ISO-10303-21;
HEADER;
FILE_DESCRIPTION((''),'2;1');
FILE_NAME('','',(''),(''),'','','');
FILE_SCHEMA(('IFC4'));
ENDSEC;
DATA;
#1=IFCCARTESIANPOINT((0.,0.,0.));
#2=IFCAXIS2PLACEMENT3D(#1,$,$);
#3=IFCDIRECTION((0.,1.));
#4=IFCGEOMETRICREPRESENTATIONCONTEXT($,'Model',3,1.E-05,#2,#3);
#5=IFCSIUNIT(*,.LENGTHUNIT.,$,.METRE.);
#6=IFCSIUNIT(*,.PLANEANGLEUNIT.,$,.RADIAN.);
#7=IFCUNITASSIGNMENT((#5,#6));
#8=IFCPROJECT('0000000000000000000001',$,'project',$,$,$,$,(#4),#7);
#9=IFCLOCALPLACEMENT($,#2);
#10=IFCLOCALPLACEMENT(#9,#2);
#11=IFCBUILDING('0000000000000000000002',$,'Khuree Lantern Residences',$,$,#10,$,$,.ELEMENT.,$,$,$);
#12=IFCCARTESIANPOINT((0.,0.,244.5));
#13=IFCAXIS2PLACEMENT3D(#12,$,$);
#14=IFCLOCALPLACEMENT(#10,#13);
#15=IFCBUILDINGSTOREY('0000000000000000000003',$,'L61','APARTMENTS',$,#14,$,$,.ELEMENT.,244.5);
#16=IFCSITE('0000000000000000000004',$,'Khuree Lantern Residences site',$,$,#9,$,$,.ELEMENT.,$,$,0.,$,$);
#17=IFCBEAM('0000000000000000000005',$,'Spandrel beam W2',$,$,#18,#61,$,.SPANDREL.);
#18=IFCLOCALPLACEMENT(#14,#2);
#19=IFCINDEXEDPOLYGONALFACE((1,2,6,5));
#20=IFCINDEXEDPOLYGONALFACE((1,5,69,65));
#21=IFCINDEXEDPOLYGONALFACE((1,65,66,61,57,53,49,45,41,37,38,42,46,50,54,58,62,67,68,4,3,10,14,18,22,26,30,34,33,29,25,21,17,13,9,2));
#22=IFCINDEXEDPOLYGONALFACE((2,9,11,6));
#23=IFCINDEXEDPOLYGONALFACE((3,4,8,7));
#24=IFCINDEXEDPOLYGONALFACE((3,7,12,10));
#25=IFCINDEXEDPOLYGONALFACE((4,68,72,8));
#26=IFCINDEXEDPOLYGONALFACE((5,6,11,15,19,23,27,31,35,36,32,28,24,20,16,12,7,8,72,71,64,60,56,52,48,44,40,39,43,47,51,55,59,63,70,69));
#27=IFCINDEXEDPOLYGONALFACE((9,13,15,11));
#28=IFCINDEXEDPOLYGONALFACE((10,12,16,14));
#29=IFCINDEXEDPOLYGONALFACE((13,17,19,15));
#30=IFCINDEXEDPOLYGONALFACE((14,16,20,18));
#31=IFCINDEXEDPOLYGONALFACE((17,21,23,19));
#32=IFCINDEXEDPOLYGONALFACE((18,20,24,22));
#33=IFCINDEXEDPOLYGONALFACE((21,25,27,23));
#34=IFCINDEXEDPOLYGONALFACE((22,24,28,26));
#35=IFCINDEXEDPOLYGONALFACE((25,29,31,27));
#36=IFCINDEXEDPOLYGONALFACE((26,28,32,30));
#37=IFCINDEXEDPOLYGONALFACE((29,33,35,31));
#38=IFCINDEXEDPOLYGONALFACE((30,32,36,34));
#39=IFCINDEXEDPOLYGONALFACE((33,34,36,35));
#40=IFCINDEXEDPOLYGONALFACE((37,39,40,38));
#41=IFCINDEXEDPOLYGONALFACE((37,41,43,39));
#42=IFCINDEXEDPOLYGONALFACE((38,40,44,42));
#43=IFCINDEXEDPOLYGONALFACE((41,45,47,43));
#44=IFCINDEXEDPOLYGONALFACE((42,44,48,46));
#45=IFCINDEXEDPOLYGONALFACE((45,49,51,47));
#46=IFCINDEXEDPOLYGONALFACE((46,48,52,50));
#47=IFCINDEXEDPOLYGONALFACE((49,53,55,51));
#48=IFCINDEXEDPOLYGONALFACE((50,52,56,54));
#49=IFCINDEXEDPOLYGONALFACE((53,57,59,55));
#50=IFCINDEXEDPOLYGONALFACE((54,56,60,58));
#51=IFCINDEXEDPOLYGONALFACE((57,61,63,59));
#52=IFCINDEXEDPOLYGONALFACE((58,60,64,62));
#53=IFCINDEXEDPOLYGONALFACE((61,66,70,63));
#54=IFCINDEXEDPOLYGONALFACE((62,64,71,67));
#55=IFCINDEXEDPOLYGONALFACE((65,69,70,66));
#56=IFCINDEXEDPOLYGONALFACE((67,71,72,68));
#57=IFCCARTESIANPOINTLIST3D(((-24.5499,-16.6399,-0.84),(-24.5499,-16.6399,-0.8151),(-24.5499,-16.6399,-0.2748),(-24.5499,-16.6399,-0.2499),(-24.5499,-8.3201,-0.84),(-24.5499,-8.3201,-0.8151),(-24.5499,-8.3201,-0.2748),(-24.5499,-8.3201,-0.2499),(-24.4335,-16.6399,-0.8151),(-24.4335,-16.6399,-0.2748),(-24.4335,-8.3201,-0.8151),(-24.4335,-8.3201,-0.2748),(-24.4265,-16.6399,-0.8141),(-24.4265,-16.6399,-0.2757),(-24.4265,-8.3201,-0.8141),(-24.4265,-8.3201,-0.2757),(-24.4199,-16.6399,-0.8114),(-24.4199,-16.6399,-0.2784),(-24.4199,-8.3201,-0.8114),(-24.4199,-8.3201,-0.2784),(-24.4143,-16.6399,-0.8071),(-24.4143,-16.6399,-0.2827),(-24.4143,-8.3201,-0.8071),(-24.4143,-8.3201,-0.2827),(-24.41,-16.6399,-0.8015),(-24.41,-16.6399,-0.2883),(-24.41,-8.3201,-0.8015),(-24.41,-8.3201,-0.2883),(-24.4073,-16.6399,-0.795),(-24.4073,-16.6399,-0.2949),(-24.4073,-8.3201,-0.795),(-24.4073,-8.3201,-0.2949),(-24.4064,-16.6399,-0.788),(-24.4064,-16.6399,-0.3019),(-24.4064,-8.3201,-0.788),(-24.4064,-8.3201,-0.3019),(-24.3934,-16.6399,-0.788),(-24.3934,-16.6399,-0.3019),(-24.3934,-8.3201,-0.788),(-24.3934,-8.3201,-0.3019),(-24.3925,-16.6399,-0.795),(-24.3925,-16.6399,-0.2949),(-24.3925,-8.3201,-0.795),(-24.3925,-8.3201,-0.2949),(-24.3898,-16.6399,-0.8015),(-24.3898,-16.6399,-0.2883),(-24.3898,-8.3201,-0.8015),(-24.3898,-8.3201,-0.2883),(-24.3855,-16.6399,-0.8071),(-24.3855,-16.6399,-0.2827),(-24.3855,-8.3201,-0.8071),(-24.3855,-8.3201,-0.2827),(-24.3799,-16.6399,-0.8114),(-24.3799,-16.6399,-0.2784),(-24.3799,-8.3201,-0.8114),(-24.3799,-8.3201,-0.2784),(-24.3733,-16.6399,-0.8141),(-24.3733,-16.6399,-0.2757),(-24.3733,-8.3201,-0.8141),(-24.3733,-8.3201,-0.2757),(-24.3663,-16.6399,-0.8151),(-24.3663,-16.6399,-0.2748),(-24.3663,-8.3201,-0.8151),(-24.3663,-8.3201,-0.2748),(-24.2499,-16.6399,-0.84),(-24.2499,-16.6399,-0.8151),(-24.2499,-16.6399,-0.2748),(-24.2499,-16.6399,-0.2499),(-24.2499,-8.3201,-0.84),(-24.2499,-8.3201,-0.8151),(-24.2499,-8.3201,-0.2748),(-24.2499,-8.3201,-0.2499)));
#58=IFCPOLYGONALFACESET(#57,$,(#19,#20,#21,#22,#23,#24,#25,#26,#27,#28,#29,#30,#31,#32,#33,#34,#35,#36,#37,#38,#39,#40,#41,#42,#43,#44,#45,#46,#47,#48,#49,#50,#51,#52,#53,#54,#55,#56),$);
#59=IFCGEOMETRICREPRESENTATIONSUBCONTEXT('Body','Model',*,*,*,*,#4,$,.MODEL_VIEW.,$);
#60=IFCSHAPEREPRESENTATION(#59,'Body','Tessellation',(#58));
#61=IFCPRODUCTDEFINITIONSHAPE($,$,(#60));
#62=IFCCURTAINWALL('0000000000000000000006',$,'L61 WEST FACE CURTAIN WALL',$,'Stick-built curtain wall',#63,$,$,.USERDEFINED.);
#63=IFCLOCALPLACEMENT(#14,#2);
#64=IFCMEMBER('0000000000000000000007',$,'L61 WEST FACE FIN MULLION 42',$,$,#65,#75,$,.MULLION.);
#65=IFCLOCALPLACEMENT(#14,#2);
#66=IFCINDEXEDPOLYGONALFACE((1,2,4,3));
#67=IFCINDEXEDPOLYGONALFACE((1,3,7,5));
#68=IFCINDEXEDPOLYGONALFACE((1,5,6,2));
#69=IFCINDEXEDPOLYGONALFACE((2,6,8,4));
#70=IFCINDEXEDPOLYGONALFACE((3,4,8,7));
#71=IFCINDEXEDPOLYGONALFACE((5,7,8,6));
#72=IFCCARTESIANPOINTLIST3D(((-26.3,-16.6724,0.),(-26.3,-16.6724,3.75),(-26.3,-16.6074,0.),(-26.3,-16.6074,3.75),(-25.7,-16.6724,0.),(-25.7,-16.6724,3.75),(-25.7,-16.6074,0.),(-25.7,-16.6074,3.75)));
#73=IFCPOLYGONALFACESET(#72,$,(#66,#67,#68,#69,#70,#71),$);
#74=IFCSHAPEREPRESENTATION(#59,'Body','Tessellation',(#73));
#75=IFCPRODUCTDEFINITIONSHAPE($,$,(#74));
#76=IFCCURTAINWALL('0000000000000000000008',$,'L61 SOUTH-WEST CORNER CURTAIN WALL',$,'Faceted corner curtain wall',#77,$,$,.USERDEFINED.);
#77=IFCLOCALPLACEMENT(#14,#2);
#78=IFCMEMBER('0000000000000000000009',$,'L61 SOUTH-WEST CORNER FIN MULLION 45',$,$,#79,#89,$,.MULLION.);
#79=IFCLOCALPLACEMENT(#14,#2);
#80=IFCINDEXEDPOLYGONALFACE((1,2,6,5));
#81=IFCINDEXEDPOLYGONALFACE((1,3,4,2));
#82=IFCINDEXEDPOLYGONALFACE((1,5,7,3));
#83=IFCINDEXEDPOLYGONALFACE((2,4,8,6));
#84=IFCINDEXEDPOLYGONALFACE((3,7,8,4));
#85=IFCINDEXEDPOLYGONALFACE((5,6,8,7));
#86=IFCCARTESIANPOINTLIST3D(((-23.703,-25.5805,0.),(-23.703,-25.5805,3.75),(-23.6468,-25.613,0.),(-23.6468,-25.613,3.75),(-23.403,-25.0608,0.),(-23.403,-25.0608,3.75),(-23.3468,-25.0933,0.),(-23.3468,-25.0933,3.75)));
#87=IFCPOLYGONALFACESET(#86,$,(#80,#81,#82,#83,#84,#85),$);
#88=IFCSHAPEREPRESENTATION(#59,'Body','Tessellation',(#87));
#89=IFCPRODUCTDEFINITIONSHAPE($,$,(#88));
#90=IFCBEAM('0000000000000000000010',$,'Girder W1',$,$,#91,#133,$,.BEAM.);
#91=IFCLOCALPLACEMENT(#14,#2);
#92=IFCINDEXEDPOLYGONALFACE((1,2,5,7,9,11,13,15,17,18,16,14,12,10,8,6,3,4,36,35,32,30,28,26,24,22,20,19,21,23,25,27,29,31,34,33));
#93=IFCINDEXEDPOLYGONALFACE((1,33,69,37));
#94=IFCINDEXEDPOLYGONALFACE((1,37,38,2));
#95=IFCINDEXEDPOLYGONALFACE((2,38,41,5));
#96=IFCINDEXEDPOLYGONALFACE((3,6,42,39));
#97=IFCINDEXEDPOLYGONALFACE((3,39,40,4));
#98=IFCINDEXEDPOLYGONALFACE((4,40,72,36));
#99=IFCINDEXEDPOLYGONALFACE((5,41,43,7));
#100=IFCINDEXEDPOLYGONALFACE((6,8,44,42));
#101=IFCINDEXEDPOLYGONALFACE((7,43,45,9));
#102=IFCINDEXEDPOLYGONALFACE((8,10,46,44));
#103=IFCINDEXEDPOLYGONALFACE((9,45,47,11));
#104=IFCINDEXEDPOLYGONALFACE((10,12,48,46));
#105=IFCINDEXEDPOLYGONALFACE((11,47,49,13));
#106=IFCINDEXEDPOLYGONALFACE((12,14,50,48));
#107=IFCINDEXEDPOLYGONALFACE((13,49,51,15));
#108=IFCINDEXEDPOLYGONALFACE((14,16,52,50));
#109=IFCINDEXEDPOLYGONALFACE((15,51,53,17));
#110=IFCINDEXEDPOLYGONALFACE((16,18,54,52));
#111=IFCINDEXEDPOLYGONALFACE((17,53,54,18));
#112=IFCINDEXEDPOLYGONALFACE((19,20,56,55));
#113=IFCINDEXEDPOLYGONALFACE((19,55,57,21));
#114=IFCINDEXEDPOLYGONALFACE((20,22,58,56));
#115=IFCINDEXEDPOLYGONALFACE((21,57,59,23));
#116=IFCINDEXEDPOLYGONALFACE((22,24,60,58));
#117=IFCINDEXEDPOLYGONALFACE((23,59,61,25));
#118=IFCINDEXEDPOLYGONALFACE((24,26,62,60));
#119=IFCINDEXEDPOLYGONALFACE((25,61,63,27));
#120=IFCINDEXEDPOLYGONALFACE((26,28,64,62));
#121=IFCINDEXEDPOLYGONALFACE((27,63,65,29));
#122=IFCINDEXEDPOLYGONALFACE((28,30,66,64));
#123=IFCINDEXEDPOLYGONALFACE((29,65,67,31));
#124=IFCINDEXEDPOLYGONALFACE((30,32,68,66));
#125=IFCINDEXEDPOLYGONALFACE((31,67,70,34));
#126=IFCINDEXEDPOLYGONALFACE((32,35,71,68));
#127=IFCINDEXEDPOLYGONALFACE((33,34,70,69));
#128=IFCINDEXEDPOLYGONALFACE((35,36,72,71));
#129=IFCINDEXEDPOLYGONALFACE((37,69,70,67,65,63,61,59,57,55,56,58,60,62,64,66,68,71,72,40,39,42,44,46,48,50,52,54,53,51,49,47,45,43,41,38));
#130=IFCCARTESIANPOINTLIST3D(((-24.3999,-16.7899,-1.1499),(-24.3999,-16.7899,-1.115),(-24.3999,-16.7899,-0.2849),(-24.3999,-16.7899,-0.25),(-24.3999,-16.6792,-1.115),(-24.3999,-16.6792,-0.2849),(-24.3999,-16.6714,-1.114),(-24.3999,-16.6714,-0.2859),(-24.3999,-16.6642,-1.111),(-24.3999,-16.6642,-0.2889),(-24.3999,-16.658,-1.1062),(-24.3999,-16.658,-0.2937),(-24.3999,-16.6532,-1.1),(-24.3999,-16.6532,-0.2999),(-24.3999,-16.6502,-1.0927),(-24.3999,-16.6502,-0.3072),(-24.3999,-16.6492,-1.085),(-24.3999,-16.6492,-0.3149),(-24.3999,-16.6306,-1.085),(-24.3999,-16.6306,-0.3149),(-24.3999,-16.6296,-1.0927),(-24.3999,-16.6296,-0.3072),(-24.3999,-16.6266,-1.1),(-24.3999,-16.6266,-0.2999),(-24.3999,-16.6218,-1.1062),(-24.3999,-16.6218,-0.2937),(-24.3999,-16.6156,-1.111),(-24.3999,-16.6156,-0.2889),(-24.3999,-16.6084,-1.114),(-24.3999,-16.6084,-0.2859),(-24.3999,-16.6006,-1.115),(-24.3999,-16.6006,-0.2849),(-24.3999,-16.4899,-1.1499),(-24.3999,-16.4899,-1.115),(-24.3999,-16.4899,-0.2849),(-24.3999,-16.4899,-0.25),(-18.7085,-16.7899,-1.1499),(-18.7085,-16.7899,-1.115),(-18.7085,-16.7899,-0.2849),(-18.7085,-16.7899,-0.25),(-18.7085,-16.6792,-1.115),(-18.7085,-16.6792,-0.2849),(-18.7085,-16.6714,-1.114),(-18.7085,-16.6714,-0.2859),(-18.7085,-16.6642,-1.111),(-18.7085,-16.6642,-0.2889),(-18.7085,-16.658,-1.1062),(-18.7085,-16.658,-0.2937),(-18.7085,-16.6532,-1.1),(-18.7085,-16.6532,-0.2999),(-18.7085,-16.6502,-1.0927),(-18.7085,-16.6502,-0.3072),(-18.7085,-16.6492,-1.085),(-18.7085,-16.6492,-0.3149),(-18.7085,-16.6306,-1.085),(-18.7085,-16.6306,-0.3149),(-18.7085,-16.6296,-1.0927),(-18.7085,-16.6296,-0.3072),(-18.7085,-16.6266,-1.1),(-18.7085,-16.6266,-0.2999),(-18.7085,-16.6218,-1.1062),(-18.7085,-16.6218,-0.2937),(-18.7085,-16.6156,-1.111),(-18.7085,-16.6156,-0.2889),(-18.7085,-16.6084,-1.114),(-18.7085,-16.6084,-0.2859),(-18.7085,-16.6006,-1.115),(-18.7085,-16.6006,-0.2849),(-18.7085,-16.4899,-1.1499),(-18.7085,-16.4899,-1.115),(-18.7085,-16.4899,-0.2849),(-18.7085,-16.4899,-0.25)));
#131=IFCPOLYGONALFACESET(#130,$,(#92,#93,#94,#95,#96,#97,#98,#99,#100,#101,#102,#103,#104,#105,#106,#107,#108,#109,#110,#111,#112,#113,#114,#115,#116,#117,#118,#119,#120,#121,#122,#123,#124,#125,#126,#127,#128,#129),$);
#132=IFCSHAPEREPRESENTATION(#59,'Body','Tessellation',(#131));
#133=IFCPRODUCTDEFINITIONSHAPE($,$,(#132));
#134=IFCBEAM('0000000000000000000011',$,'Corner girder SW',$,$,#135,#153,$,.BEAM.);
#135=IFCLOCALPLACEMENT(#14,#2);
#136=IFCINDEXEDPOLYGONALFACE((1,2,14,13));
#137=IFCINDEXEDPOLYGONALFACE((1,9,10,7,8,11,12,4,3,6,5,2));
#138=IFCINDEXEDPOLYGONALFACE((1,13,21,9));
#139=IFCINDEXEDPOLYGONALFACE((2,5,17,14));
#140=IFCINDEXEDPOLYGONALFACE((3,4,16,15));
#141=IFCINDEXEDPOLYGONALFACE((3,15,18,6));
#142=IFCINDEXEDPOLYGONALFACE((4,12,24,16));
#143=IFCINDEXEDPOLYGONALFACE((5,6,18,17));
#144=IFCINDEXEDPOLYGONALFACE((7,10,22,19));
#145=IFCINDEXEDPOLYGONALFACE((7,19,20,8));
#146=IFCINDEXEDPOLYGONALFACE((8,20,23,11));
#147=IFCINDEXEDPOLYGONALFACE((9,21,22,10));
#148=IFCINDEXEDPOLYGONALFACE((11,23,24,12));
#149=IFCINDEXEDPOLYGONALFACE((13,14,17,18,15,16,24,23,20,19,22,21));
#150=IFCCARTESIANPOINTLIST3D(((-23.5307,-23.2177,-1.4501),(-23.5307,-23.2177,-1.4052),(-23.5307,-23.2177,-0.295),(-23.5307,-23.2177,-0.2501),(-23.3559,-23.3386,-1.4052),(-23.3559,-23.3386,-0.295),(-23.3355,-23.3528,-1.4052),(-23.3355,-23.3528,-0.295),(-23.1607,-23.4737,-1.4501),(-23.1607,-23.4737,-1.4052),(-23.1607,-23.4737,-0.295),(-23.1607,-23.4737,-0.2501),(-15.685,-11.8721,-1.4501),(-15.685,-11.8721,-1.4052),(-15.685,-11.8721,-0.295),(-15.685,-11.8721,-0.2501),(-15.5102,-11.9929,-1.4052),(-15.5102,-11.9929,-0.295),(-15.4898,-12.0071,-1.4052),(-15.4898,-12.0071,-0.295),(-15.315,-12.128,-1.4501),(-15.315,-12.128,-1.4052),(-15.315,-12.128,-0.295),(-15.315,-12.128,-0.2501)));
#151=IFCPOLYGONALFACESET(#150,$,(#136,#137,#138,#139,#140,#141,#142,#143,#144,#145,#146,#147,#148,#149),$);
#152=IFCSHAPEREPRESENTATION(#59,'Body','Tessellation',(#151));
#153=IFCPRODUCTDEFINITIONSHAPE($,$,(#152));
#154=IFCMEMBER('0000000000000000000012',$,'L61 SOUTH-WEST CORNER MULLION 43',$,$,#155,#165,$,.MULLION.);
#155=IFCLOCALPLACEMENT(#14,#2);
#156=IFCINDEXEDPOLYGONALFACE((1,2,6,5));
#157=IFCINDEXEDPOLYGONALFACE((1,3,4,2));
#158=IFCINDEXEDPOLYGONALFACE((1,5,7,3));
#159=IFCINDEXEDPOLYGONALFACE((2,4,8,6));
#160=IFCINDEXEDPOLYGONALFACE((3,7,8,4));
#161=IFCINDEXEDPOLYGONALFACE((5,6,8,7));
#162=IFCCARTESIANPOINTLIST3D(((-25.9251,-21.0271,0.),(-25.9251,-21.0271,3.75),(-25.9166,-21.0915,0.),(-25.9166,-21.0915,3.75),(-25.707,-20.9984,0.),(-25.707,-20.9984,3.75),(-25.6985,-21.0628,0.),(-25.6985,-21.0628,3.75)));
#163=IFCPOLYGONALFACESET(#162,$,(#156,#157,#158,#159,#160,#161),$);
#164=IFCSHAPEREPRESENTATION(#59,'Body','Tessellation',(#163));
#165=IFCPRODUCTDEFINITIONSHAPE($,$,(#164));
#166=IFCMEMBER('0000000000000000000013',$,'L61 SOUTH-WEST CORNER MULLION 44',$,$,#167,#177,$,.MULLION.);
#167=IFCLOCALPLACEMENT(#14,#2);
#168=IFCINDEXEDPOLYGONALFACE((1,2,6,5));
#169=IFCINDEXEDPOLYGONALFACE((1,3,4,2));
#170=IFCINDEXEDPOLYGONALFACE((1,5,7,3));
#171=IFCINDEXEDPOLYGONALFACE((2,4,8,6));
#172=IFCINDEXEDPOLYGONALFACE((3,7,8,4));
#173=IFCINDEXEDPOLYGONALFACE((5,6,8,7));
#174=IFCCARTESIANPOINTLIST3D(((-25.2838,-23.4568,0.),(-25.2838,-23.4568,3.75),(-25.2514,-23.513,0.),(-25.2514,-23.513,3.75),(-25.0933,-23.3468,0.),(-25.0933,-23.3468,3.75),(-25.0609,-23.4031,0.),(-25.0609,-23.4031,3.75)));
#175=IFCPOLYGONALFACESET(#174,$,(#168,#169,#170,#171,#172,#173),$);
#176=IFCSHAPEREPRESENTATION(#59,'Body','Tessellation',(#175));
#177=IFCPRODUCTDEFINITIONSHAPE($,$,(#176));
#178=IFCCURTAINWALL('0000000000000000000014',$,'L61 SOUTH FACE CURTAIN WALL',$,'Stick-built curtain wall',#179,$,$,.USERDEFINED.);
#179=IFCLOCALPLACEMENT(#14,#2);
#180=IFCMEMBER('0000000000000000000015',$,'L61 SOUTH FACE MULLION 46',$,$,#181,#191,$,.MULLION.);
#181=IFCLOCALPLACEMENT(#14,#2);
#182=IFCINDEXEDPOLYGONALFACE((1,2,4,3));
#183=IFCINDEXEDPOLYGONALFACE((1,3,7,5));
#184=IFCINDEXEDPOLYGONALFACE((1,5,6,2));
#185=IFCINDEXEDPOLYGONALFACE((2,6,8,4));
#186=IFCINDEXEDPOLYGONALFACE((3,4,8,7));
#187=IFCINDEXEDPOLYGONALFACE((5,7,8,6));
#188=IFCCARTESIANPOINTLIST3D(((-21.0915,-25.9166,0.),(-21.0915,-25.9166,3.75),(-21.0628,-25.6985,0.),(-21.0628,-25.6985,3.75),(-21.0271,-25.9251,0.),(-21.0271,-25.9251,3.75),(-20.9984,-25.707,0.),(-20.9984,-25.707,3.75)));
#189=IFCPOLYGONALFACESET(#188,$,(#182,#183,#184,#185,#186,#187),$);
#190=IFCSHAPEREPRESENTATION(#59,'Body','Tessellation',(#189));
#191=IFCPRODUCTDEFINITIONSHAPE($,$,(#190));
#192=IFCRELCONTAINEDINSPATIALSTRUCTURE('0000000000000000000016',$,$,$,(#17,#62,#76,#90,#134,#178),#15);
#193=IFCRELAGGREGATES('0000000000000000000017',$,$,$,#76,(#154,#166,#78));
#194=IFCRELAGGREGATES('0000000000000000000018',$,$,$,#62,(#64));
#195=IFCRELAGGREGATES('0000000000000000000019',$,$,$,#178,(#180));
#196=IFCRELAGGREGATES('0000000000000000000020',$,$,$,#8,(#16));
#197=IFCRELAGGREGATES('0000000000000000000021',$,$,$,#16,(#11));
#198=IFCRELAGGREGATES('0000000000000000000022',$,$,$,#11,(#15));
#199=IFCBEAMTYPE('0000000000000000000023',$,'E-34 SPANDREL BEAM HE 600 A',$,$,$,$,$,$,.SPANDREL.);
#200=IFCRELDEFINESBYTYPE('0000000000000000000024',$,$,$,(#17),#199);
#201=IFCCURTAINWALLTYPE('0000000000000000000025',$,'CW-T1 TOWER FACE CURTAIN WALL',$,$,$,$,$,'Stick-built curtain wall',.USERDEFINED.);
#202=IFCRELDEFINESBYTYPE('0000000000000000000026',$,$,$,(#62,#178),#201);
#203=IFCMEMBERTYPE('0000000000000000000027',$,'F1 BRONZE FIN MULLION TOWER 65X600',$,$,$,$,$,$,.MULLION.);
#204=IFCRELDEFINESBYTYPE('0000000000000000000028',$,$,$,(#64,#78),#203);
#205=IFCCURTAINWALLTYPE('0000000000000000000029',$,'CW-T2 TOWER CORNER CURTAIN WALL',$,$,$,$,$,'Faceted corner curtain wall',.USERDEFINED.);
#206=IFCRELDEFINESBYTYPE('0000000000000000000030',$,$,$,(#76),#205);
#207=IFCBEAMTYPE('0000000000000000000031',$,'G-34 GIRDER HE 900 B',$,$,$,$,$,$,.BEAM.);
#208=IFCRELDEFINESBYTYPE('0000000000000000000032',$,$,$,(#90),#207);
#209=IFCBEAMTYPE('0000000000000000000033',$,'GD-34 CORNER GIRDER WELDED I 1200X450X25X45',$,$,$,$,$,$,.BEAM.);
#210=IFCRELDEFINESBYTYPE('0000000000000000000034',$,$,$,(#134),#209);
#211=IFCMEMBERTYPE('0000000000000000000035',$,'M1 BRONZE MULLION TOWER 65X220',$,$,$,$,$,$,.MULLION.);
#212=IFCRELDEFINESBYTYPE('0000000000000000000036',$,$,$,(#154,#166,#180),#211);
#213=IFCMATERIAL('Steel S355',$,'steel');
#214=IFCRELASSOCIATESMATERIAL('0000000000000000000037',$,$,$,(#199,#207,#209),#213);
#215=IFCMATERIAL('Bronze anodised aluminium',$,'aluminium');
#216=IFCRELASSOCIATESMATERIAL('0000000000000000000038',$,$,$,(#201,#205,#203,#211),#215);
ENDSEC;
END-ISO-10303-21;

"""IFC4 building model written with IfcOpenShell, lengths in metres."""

from ifc_helpers import new_model, si_unit, direction, frame, origin, origin_2d, place, context, subcontext, project, spatial, rectangle, i_section, extrude, material, material_profile, profile_set, type_object, element, aggregate, save


model = new_model("IFC4")

# Units and contexts
model_context = context("Model", 3, precision=1e-05, world=origin(), true_north=direction((0.0, 1.0)))
body_context = subcontext(model_context, "Body", "Model", "MODEL_VIEW")
ifc_project = project(units=[si_unit("LENGTHUNIT", "METRE"), si_unit("PLANEANGLEUNIT", "RADIAN")], contexts=[model_context])

# Site, building, storey
site_placement = place(None, origin())
site = spatial("IfcSite", under=ifc_project, at=site_placement, Name="Khuree Lantern Residences site", CompositionType="ELEMENT", RefElevation=0.0)
building_placement = place(site_placement, origin())
building = spatial("IfcBuilding", under=site, at=building_placement, Name="Khuree Lantern Residences", CompositionType="ELEMENT")
storey_placement = place(building_placement, frame((0.0, 0.0, 244.5)))
storey = spatial("IfcBuildingStorey", under=building, at=storey_placement, Name="L61", Description="APARTMENTS", CompositionType="ELEMENT", Elevation=244.5)

# Beam
ifc_material_1 = material(Name="Steel S355", Category="steel")
ifc_material_profile_1 = material_profile(ifc_material_1, i_section(OverallWidth=0.3, OverallDepth=0.5901, WebThickness=0.0129, FlangeThickness=0.0249, FilletRadius=0.0271, at=origin_2d()), Name="HE 600 A")
ifc_profile_set_1 = profile_set([ifc_material_profile_1], Name="Steel S355")
beam_type_1 = type_object("IfcBeamType", Name="E-34 SPANDREL BEAM HE 600 A", PredefinedType="SPANDREL", material=ifc_profile_set_1)
beam_1_placement = place(storey_placement, frame((-24.3999, -16.6399, -0.5449), z_axis=(0.0, 1.0, 0.0), x_axis=(-1.0, 0.0, 0.0)))
element("IfcBeam", 1, at=beam_1_placement, inside=storey, type_object=beam_type_1, Name="Spandrel beam W2", PredefinedType="SPANDREL", context=body_context, shape_type="SweptSolid", body=[
    extrude(i_section(OverallWidth=0.3, OverallDepth=0.5901, WebThickness=0.0129, FlangeThickness=0.0249, FilletRadius=0.0271, at=origin_2d()), origin(), (0.0, 0.0, 1.0), 8.3198),
])

# Curtain walls, members
ifc_material_2 = material(Name="Bronze anodised aluminium", Category="aluminium")
curtain_wall_type_1 = type_object("IfcCurtainWallType", Name="CW-T1 TOWER FACE CURTAIN WALL", ElementType="Stick-built curtain wall", PredefinedType="USERDEFINED", material=ifc_material_2)
curtain_wall_1_placement = place(storey_placement, origin())
curtain_wall_1 = element("IfcCurtainWall", 2, at=curtain_wall_1_placement, inside=storey, type_object=curtain_wall_type_1, Name="L61 WEST FACE CURTAIN WALL", ObjectType="Stick-built curtain wall", PredefinedType="USERDEFINED")
ifc_material_profile_2 = material_profile(ifc_material_2, rectangle(XDim=0.0649, YDim=0.6001, at=origin_2d()), Name="F1 65X600")
ifc_profile_set_2 = profile_set([ifc_material_profile_2], Name="Bronze anodised aluminium")
member_type_1 = type_object("IfcMemberType", Name="F1 BRONZE FIN MULLION TOWER 65X600", PredefinedType="MULLION", material=ifc_profile_set_2)
member_1_placement = place(storey_placement, frame((-26.0, -16.6399, 0.0), z_axis=(0.0, 0.0, 1.0), x_axis=(0.0, -1.0, 0.0)))
member_1 = element("IfcMember", 3, at=member_1_placement, type_object=member_type_1, Name="L61 WEST FACE FIN MULLION 42", PredefinedType="MULLION", context=body_context, shape_type="SweptSolid", body=[
    extrude(rectangle(XDim=0.0649, YDim=0.6001, at=origin_2d()), origin(), (0.0, 0.0, 1.0), 3.75),
])
curtain_wall_type_2 = type_object("IfcCurtainWallType", Name="CW-T2 TOWER CORNER CURTAIN WALL", ElementType="Faceted corner curtain wall", PredefinedType="USERDEFINED", material=ifc_material_2)
curtain_wall_2_placement = place(storey_placement, origin())
curtain_wall_2 = element("IfcCurtainWall", 4, at=curtain_wall_2_placement, inside=storey, type_object=curtain_wall_type_2, Name="L61 SOUTH-WEST CORNER CURTAIN WALL", ObjectType="Faceted corner curtain wall", PredefinedType="USERDEFINED")
member_2_placement = place(storey_placement, frame((-23.5249, -25.3369, 0.0), z_axis=(0.0, 0.0, 1.0), x_axis=(0.866025, -0.5, 0.0)))
member_2 = element("IfcMember", 5, at=member_2_placement, type_object=member_type_1, Name="L61 SOUTH-WEST CORNER FIN MULLION 45", PredefinedType="MULLION", context=body_context, shape_type="SweptSolid", body=[
    extrude(rectangle(XDim=0.0649, YDim=0.6001, at=origin_2d()), origin(), (0.0, 0.0, 1.0), 3.75),
])

# Beams
ifc_material_profile_3 = material_profile(ifc_material_1, i_section(OverallWidth=0.3, OverallDepth=0.8999, WebThickness=0.0186, FlangeThickness=0.0349, FilletRadius=0.03, at=origin_2d()), Name="HE 900 B")
ifc_profile_set_3 = profile_set([ifc_material_profile_3], Name="Steel S355")
beam_type_2 = type_object("IfcBeamType", Name="G-34 GIRDER HE 900 B", PredefinedType="BEAM", material=ifc_profile_set_3)
beam_2_placement = place(storey_placement, frame((-24.3999, -16.6399, -0.7), z_axis=(1.0, 0.0, 0.0), x_axis=(0.0, 1.0, 0.0)))
element("IfcBeam", 6, at=beam_2_placement, inside=storey, type_object=beam_type_2, Name="Girder W1", PredefinedType="BEAM", context=body_context, shape_type="SweptSolid", body=[
    extrude(i_section(OverallWidth=0.3, OverallDepth=0.8999, WebThickness=0.0186, FlangeThickness=0.0349, FilletRadius=0.03, at=origin_2d()), origin(), (0.0, 0.0, 1.0), 5.6914),
])
ifc_material_profile_4 = material_profile(ifc_material_1, i_section(OverallWidth=0.45, OverallDepth=1.2, WebThickness=0.0249, FlangeThickness=0.0449, at=origin_2d()), Name="WELDED I 1200X450X25X45")
ifc_profile_set_4 = profile_set([ifc_material_profile_4], Name="Steel S355")
beam_type_3 = type_object("IfcBeamType", Name="GD-34 CORNER GIRDER WELDED I 1200X450X25X45", PredefinedType="BEAM", material=ifc_profile_set_4)
beam_3_placement = place(storey_placement, frame((-23.3457, -23.3457, -0.8501), z_axis=(0.568768, 0.822498, 0.0), x_axis=(-0.822498, 0.568768, 0.0)))
element("IfcBeam", 7, at=beam_3_placement, inside=storey, type_object=beam_type_3, Name="Corner girder SW", PredefinedType="BEAM", context=body_context, shape_type="SweptSolid", body=[
    extrude(i_section(OverallWidth=0.45, OverallDepth=1.2, WebThickness=0.0249, FlangeThickness=0.0449, at=origin_2d()), origin(), (0.0, 0.0, 1.0), 13.7942),
])

# Members
ifc_material_profile_5 = material_profile(ifc_material_2, rectangle(XDim=0.0649, YDim=0.22, at=origin_2d()), Name="M1 65X220")
ifc_profile_set_5 = profile_set([ifc_material_profile_5], Name="Bronze anodised aluminium")
member_type_2 = type_object("IfcMemberType", Name="M1 BRONZE MULLION TOWER 65X220", PredefinedType="MULLION", material=ifc_profile_set_5)
member_3_placement = place(storey_placement, frame((-25.8118, -21.0449, 0.0), z_axis=(0.0, 0.0, 1.0), x_axis=(0.130526, -0.991445, 0.0)))
member_3 = element("IfcMember", 8, at=member_3_placement, type_object=member_type_2, Name="L61 SOUTH-WEST CORNER MULLION 43", PredefinedType="MULLION", context=body_context, shape_type="SweptSolid", body=[
    extrude(rectangle(XDim=0.0649, YDim=0.22, at=origin_2d()), origin(), (0.0, 0.0, 1.0), 3.75),
])
member_4_placement = place(storey_placement, frame((-25.1724, -23.4299, 0.0), z_axis=(0.0, 0.0, 1.0), x_axis=(0.5, -0.866025, 0.0)))
member_4 = element("IfcMember", 9, at=member_4_placement, type_object=member_type_2, Name="L61 SOUTH-WEST CORNER MULLION 44", PredefinedType="MULLION", context=body_context, shape_type="SweptSolid", body=[
    extrude(rectangle(XDim=0.0649, YDim=0.22, at=origin_2d()), origin(), (0.0, 0.0, 1.0), 3.75),
])

# Curtain wall, member
curtain_wall_3_placement = place(storey_placement, origin())
curtain_wall_3 = element("IfcCurtainWall", 10, at=curtain_wall_3_placement, inside=storey, type_object=curtain_wall_type_1, Name="L61 SOUTH FACE CURTAIN WALL", ObjectType="Stick-built curtain wall", PredefinedType="USERDEFINED")
member_5_placement = place(storey_placement, frame((-21.0449, -25.8118, 0.0), z_axis=(0.0, 0.0, 1.0), x_axis=(0.991445, -0.130526, 0.0)))
member_5 = element("IfcMember", 11, at=member_5_placement, type_object=member_type_2, Name="L61 SOUTH FACE MULLION 46", PredefinedType="MULLION", context=body_context, shape_type="SweptSolid", body=[
    extrude(rectangle(XDim=0.0649, YDim=0.22, at=origin_2d()), origin(), (0.0, 0.0, 1.0), 3.75),
])

aggregate(curtain_wall_2, [member_3, member_4, member_2])
aggregate(curtain_wall_1, [member_1])
aggregate(curtain_wall_3, [member_5])

save(model, "model.ifc")
